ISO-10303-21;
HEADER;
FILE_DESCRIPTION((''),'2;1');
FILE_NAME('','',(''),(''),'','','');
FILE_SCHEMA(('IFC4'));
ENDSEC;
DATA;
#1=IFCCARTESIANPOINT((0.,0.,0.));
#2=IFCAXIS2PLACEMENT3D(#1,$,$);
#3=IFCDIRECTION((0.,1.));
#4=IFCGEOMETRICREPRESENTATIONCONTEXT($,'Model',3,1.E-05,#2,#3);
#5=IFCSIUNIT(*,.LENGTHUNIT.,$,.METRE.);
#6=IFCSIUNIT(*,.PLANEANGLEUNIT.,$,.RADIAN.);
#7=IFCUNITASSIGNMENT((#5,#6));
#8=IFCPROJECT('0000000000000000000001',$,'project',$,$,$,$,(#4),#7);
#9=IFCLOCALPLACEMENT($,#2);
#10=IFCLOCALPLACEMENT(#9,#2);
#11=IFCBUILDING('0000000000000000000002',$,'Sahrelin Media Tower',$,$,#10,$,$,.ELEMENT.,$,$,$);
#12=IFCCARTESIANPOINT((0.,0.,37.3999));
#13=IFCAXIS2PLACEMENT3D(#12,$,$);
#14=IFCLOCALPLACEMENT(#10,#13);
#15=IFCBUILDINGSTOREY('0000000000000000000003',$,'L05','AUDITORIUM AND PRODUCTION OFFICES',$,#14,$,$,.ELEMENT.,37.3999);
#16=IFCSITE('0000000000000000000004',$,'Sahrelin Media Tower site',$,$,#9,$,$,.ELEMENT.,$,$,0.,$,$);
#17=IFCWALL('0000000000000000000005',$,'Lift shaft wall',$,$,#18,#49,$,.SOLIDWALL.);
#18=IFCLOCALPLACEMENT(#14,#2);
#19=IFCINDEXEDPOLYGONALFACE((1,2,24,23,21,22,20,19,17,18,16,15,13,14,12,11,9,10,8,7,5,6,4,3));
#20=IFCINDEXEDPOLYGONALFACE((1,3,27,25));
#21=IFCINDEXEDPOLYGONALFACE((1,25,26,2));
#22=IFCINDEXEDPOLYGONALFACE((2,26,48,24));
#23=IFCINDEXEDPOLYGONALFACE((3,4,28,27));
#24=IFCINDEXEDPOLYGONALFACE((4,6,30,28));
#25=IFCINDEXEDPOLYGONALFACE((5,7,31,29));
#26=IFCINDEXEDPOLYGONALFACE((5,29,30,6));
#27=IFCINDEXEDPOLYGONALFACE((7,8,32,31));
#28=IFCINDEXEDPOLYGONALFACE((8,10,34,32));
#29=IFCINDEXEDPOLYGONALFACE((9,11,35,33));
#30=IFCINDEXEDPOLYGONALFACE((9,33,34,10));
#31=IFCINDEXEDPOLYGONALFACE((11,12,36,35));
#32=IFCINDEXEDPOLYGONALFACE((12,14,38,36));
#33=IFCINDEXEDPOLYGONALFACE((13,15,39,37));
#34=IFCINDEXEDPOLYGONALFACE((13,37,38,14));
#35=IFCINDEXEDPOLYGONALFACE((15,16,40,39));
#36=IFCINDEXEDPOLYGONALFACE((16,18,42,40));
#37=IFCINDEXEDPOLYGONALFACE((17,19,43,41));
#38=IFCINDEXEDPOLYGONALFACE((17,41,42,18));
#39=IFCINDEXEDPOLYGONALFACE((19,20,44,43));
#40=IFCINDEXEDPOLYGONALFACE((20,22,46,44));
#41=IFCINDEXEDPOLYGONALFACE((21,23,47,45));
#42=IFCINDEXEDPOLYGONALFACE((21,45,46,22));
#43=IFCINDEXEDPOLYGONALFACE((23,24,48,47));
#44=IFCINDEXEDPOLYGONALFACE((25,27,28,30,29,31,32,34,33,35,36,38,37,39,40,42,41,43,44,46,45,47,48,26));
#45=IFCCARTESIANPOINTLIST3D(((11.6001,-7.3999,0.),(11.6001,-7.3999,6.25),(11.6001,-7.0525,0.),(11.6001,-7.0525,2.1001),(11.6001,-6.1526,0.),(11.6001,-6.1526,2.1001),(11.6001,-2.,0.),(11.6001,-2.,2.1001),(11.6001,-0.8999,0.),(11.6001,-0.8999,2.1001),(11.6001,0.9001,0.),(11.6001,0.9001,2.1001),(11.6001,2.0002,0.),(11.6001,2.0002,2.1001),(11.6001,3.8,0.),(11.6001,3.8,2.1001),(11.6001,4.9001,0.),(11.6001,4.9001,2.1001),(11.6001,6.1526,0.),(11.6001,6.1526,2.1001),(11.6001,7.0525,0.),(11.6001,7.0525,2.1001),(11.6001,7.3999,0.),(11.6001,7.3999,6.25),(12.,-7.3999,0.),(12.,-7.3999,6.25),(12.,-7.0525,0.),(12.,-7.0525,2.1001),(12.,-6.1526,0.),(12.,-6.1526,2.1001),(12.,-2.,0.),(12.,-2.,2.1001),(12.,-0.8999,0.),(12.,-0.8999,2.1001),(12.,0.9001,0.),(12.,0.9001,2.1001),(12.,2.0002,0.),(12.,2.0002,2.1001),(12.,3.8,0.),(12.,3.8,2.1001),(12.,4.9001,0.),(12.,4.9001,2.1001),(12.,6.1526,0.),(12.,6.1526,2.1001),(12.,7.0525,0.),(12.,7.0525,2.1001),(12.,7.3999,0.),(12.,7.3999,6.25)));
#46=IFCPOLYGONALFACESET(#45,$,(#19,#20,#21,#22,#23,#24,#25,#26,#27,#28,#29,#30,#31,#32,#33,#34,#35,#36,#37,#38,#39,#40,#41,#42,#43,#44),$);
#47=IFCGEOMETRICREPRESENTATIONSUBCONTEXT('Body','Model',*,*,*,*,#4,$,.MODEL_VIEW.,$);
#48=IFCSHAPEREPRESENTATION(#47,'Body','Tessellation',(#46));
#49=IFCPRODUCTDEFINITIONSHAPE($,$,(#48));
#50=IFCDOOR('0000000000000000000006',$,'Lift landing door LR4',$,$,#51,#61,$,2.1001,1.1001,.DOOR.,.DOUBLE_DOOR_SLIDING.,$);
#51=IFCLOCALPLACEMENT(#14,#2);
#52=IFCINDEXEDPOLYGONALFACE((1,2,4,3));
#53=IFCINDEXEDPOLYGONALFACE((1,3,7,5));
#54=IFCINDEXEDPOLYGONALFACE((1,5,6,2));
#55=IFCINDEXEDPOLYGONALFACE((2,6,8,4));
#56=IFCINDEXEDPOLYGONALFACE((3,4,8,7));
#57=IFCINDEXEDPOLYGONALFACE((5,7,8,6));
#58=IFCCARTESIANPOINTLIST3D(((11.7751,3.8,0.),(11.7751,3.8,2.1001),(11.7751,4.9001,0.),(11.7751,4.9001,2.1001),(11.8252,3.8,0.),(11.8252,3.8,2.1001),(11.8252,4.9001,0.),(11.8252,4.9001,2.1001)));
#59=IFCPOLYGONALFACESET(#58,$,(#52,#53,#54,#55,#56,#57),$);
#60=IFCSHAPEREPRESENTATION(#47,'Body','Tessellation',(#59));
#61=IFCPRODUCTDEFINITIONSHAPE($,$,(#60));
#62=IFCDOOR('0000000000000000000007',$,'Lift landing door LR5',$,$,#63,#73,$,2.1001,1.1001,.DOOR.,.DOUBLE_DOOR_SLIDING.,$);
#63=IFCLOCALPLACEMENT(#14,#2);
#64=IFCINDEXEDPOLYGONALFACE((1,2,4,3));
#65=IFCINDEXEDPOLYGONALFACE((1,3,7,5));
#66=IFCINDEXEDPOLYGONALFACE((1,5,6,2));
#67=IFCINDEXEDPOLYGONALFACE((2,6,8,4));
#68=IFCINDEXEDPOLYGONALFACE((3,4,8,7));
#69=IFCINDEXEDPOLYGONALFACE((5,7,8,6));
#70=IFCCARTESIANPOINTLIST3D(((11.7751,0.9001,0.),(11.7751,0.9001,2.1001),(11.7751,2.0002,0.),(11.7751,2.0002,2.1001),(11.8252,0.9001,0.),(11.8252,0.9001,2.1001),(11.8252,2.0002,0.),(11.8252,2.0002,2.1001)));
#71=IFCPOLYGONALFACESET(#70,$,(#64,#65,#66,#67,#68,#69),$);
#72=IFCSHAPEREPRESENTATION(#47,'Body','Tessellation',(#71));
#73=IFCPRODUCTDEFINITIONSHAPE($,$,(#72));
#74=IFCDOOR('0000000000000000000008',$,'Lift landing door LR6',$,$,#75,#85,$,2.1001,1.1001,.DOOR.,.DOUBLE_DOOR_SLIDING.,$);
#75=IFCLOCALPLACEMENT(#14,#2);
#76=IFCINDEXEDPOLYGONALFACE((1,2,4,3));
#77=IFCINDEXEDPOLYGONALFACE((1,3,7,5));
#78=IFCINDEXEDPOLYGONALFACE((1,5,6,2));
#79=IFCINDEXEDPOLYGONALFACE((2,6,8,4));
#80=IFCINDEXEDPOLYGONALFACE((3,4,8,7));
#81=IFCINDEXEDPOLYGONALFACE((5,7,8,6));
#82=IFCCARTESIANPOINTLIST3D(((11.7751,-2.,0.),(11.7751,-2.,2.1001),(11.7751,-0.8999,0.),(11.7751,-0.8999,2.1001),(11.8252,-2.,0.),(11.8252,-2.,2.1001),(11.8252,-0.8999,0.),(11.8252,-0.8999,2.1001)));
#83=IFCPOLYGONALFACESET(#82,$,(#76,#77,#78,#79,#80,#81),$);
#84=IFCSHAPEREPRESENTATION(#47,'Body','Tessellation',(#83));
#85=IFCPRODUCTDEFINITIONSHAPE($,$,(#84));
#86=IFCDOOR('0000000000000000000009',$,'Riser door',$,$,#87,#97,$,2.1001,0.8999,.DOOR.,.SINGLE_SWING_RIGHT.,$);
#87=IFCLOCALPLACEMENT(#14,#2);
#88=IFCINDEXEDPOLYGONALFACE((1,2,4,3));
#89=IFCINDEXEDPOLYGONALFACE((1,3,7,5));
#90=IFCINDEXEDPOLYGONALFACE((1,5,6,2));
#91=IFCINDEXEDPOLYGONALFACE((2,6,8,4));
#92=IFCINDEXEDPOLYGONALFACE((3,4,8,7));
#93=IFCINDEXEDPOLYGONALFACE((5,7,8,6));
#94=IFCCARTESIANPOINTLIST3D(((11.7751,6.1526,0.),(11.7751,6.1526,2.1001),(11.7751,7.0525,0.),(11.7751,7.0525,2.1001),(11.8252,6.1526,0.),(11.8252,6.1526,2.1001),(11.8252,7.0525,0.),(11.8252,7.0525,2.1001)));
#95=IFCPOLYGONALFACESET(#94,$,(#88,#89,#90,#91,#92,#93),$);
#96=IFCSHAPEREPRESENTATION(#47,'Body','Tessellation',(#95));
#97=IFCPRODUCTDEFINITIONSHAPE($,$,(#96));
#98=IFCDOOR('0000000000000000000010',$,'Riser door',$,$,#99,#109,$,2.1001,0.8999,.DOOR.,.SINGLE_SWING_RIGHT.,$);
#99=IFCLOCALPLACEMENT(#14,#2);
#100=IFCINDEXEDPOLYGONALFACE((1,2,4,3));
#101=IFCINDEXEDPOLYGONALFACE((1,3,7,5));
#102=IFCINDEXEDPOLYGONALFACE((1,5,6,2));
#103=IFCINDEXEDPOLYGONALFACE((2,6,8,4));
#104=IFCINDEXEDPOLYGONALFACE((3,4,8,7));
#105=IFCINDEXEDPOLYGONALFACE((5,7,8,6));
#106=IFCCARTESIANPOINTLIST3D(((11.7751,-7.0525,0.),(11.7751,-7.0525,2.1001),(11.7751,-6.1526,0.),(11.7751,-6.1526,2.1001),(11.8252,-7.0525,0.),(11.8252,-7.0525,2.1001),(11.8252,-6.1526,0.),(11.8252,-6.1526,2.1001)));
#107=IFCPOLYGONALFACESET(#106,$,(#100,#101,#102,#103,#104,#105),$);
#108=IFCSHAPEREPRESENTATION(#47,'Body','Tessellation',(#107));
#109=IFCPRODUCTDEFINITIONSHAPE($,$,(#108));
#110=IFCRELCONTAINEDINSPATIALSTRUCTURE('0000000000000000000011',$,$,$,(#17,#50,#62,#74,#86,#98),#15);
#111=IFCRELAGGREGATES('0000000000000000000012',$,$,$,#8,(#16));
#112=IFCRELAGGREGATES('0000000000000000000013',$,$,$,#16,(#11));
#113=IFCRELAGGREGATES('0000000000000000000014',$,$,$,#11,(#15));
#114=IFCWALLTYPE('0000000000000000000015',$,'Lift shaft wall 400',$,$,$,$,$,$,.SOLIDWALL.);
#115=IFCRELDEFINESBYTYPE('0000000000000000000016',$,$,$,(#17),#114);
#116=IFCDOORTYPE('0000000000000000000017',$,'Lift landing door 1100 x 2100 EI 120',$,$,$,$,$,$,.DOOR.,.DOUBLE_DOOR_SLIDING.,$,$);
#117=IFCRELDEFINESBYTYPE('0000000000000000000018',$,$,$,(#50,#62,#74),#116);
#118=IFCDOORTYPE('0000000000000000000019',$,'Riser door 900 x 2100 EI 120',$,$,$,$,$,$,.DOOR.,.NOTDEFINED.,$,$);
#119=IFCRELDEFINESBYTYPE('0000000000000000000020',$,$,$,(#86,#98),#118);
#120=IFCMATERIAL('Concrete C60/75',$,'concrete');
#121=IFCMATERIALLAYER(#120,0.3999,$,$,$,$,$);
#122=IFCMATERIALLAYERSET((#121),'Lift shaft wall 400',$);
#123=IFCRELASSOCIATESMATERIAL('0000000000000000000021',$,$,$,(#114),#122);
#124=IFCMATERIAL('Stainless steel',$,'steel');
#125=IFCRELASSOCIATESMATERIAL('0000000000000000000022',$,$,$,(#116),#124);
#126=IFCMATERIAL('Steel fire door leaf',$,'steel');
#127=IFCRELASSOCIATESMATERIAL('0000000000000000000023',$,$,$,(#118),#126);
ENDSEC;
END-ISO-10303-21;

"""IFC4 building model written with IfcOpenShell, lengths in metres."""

from ifc_helpers import new_model, si_unit, direction, frame, frame_2d, origin, place, context, subcontext, project, spatial, rectangle, extrude, material, layer, layer_set, type_object, element, fill, save


model = new_model("IFC4")

# Units and contexts
model_context = context("Model", 3, precision=1e-05, world=origin(), true_north=direction((0.0, 1.0)))
body_context = subcontext(model_context, "Body", "Model", "MODEL_VIEW")
ifc_project = project(units=[si_unit("LENGTHUNIT", "METRE"), si_unit("PLANEANGLEUNIT", "RADIAN")], contexts=[model_context])

# Site, building, storey
site_placement = place(None, origin())
site = spatial("IfcSite", under=ifc_project, at=site_placement, Name="Sahrelin Media Tower site", CompositionType="ELEMENT", RefElevation=0.0)
building_placement = place(site_placement, origin())
building = spatial("IfcBuilding", under=site, at=building_placement, Name="Sahrelin Media Tower", CompositionType="ELEMENT")
storey_placement = place(building_placement, frame((0.0, 0.0, 37.3999)))
storey = spatial("IfcBuildingStorey", under=building, at=storey_placement, Name="L05", Description="AUDITORIUM AND PRODUCTION OFFICES", CompositionType="ELEMENT", Elevation=37.3999)

# Shared definitions
ifc_material_1 = material(Name="Concrete C60/75", Category="concrete")

# Wall, openings, doors
ifc_layer_1 = layer(ifc_material_1, 0.3999)
ifc_layer_set_1 = layer_set([ifc_layer_1], Name="Lift shaft wall 400")
wall_type_1 = type_object("IfcWallType", Name="Lift shaft wall 400", PredefinedType="SOLIDWALL", material=ifc_layer_set_1)
wall_1_placement = place(storey_placement, frame((11.8, -7.3999, 0.0), z_axis=(0.0, 0.0, 1.0), x_axis=(0.0, 1.0, 0.0)))
wall_1 = element("IfcWall", 1, at=wall_1_placement, inside=storey, type_object=wall_type_1, Name="Lift shaft wall", PredefinedType="SOLIDWALL", context=body_context, shape_type="SweptSolid", body=[
    extrude(rectangle(XDim=14.7998, YDim=0.3999, at=frame_2d((7.3999, 0.0))), origin(), (0.0, 0.0, 1.0), 6.25),
])
opening_1_placement = place(wall_1_placement, frame((11.2, 0.0, 0.0)))
opening_1 = element("IfcOpeningElement", 2, at=opening_1_placement, cuts=wall_1, PredefinedType="OPENING", context=body_context, shape_type="SweptSolid", body=[
    extrude(rectangle(XDim=1.1001, YDim=2.1001, at=frame_2d((0.55, 1.05))), frame((0.0, 0.2, 0.0), z_axis=(0.0, -1.0, 0.0), x_axis=(1.0, 0.0, 0.0)), (0.0, 0.0, 1.0), 0.3999),
])
opening_2_placement = place(wall_1_placement, frame((8.3, 0.0, 0.0)))
opening_2 = element("IfcOpeningElement", 3, at=opening_2_placement, cuts=wall_1, PredefinedType="OPENING", context=body_context, shape_type="SweptSolid", body=[
    extrude(rectangle(XDim=1.1001, YDim=2.1001, at=frame_2d((0.55, 1.05))), frame((0.0, 0.2, 0.0), z_axis=(0.0, -1.0, 0.0), x_axis=(1.0, 0.0, 0.0)), (0.0, 0.0, 1.0), 0.3999),
])
opening_3_placement = place(wall_1_placement, frame((5.3999, 0.0, 0.0)))
opening_3 = element("IfcOpeningElement", 4, at=opening_3_placement, cuts=wall_1, PredefinedType="OPENING", context=body_context, shape_type="SweptSolid", body=[
    extrude(rectangle(XDim=1.1001, YDim=2.1001, at=frame_2d((0.55, 1.05))), frame((0.0, 0.2, 0.0), z_axis=(0.0, -1.0, 0.0), x_axis=(1.0, 0.0, 0.0)), (0.0, 0.0, 1.0), 0.3999),
])
opening_4_placement = place(wall_1_placement, frame((13.5525, 0.0, 0.0)))
opening_4 = element("IfcOpeningElement", 5, at=opening_4_placement, cuts=wall_1, PredefinedType="OPENING", context=body_context, shape_type="SweptSolid", body=[
    extrude(rectangle(XDim=0.8999, YDim=2.1001, at=frame_2d((0.45, 1.05))), frame((0.0, 0.2, 0.0), z_axis=(0.0, -1.0, 0.0), x_axis=(1.0, 0.0, 0.0)), (0.0, 0.0, 1.0), 0.3999),
])
opening_5_placement = place(wall_1_placement, frame((0.3474, 0.0, 0.0)))
opening_5 = element("IfcOpeningElement", 6, at=opening_5_placement, cuts=wall_1, PredefinedType="OPENING", context=body_context, shape_type="SweptSolid", body=[
    extrude(rectangle(XDim=0.8999, YDim=2.1001, at=frame_2d((0.45, 1.05))), frame((0.0, 0.2, 0.0), z_axis=(0.0, -1.0, 0.0), x_axis=(1.0, 0.0, 0.0)), (0.0, 0.0, 1.0), 0.3999),
])
ifc_material_2 = material(Name="Stainless steel", Category="steel")
door_type_1 = type_object("IfcDoorType", Name="Lift landing door 1100 x 2100 EI 120", OperationType="DOUBLE_DOOR_SLIDING", PredefinedType="DOOR", material=ifc_material_2)
door_1_placement = place(opening_1_placement, origin())
door_1 = element("IfcDoor", 7, at=door_1_placement, inside=storey, type_object=door_type_1, Name="Lift landing door LR4", OperationType="DOUBLE_DOOR_SLIDING", OverallHeight=2.1001, OverallWidth=1.1001, PredefinedType="DOOR", context=body_context, shape_type="SweptSolid", body=[
    extrude(rectangle(XDim=1.1001, YDim=2.1001, at=frame_2d((0.55, 1.05))), frame((0.0, 0.0249, 0.0), z_axis=(0.0, -1.0, 0.0), x_axis=(1.0, 0.0, 0.0)), (0.0, 0.0, 1.0), 0.05),
])
fill(opening_1, door_1)
door_2_placement = place(opening_2_placement, origin())
door_2 = element("IfcDoor", 8, at=door_2_placement, inside=storey, type_object=door_type_1, Name="Lift landing door LR5", OperationType="DOUBLE_DOOR_SLIDING", OverallHeight=2.1001, OverallWidth=1.1001, PredefinedType="DOOR", context=body_context, shape_type="SweptSolid", body=[
    extrude(rectangle(XDim=1.1001, YDim=2.1001, at=frame_2d((0.55, 1.05))), frame((0.0, 0.0249, 0.0), z_axis=(0.0, -1.0, 0.0), x_axis=(1.0, 0.0, 0.0)), (0.0, 0.0, 1.0), 0.05),
])
fill(opening_2, door_2)
door_3_placement = place(opening_3_placement, origin())
door_3 = element("IfcDoor", 9, at=door_3_placement, inside=storey, type_object=door_type_1, Name="Lift landing door LR6", OperationType="DOUBLE_DOOR_SLIDING", OverallHeight=2.1001, OverallWidth=1.1001, PredefinedType="DOOR", context=body_context, shape_type="SweptSolid", body=[
    extrude(rectangle(XDim=1.1001, YDim=2.1001, at=frame_2d((0.55, 1.05))), frame((0.0, 0.0249, 0.0), z_axis=(0.0, -1.0, 0.0), x_axis=(1.0, 0.0, 0.0)), (0.0, 0.0, 1.0), 0.05),
])
fill(opening_3, door_3)
ifc_material_3 = material(Name="Steel fire door leaf", Category="steel")
door_type_2 = type_object("IfcDoorType", Name="Riser door 900 x 2100 EI 120", OperationType="NOTDEFINED", PredefinedType="DOOR", material=ifc_material_3)
door_4_placement = place(opening_4_placement, origin())
door_4 = element("IfcDoor", 10, at=door_4_placement, inside=storey, type_object=door_type_2, Name="Riser door", OperationType="SINGLE_SWING_RIGHT", OverallHeight=2.1001, OverallWidth=0.8999, PredefinedType="DOOR", context=body_context, shape_type="SweptSolid", body=[
    extrude(rectangle(XDim=0.8999, YDim=2.1001, at=frame_2d((0.45, 1.05))), frame((0.0, 0.0249, 0.0), z_axis=(0.0, -1.0, 0.0), x_axis=(1.0, 0.0, 0.0)), (0.0, 0.0, 1.0), 0.05),
])
fill(opening_4, door_4)
door_5_placement = place(opening_5_placement, origin())
door_5 = element("IfcDoor", 11, at=door_5_placement, inside=storey, type_object=door_type_2, Name="Riser door", OperationType="SINGLE_SWING_RIGHT", OverallHeight=2.1001, OverallWidth=0.8999, PredefinedType="DOOR", context=body_context, shape_type="SweptSolid", body=[
    extrude(rectangle(XDim=0.8999, YDim=2.1001, at=frame_2d((0.45, 1.05))), frame((0.0, 0.0249, 0.0), z_axis=(0.0, -1.0, 0.0), x_axis=(1.0, 0.0, 0.0)), (0.0, 0.0, 1.0), 0.05),
])
fill(opening_5, door_5)

save(model, "model.ifc")
